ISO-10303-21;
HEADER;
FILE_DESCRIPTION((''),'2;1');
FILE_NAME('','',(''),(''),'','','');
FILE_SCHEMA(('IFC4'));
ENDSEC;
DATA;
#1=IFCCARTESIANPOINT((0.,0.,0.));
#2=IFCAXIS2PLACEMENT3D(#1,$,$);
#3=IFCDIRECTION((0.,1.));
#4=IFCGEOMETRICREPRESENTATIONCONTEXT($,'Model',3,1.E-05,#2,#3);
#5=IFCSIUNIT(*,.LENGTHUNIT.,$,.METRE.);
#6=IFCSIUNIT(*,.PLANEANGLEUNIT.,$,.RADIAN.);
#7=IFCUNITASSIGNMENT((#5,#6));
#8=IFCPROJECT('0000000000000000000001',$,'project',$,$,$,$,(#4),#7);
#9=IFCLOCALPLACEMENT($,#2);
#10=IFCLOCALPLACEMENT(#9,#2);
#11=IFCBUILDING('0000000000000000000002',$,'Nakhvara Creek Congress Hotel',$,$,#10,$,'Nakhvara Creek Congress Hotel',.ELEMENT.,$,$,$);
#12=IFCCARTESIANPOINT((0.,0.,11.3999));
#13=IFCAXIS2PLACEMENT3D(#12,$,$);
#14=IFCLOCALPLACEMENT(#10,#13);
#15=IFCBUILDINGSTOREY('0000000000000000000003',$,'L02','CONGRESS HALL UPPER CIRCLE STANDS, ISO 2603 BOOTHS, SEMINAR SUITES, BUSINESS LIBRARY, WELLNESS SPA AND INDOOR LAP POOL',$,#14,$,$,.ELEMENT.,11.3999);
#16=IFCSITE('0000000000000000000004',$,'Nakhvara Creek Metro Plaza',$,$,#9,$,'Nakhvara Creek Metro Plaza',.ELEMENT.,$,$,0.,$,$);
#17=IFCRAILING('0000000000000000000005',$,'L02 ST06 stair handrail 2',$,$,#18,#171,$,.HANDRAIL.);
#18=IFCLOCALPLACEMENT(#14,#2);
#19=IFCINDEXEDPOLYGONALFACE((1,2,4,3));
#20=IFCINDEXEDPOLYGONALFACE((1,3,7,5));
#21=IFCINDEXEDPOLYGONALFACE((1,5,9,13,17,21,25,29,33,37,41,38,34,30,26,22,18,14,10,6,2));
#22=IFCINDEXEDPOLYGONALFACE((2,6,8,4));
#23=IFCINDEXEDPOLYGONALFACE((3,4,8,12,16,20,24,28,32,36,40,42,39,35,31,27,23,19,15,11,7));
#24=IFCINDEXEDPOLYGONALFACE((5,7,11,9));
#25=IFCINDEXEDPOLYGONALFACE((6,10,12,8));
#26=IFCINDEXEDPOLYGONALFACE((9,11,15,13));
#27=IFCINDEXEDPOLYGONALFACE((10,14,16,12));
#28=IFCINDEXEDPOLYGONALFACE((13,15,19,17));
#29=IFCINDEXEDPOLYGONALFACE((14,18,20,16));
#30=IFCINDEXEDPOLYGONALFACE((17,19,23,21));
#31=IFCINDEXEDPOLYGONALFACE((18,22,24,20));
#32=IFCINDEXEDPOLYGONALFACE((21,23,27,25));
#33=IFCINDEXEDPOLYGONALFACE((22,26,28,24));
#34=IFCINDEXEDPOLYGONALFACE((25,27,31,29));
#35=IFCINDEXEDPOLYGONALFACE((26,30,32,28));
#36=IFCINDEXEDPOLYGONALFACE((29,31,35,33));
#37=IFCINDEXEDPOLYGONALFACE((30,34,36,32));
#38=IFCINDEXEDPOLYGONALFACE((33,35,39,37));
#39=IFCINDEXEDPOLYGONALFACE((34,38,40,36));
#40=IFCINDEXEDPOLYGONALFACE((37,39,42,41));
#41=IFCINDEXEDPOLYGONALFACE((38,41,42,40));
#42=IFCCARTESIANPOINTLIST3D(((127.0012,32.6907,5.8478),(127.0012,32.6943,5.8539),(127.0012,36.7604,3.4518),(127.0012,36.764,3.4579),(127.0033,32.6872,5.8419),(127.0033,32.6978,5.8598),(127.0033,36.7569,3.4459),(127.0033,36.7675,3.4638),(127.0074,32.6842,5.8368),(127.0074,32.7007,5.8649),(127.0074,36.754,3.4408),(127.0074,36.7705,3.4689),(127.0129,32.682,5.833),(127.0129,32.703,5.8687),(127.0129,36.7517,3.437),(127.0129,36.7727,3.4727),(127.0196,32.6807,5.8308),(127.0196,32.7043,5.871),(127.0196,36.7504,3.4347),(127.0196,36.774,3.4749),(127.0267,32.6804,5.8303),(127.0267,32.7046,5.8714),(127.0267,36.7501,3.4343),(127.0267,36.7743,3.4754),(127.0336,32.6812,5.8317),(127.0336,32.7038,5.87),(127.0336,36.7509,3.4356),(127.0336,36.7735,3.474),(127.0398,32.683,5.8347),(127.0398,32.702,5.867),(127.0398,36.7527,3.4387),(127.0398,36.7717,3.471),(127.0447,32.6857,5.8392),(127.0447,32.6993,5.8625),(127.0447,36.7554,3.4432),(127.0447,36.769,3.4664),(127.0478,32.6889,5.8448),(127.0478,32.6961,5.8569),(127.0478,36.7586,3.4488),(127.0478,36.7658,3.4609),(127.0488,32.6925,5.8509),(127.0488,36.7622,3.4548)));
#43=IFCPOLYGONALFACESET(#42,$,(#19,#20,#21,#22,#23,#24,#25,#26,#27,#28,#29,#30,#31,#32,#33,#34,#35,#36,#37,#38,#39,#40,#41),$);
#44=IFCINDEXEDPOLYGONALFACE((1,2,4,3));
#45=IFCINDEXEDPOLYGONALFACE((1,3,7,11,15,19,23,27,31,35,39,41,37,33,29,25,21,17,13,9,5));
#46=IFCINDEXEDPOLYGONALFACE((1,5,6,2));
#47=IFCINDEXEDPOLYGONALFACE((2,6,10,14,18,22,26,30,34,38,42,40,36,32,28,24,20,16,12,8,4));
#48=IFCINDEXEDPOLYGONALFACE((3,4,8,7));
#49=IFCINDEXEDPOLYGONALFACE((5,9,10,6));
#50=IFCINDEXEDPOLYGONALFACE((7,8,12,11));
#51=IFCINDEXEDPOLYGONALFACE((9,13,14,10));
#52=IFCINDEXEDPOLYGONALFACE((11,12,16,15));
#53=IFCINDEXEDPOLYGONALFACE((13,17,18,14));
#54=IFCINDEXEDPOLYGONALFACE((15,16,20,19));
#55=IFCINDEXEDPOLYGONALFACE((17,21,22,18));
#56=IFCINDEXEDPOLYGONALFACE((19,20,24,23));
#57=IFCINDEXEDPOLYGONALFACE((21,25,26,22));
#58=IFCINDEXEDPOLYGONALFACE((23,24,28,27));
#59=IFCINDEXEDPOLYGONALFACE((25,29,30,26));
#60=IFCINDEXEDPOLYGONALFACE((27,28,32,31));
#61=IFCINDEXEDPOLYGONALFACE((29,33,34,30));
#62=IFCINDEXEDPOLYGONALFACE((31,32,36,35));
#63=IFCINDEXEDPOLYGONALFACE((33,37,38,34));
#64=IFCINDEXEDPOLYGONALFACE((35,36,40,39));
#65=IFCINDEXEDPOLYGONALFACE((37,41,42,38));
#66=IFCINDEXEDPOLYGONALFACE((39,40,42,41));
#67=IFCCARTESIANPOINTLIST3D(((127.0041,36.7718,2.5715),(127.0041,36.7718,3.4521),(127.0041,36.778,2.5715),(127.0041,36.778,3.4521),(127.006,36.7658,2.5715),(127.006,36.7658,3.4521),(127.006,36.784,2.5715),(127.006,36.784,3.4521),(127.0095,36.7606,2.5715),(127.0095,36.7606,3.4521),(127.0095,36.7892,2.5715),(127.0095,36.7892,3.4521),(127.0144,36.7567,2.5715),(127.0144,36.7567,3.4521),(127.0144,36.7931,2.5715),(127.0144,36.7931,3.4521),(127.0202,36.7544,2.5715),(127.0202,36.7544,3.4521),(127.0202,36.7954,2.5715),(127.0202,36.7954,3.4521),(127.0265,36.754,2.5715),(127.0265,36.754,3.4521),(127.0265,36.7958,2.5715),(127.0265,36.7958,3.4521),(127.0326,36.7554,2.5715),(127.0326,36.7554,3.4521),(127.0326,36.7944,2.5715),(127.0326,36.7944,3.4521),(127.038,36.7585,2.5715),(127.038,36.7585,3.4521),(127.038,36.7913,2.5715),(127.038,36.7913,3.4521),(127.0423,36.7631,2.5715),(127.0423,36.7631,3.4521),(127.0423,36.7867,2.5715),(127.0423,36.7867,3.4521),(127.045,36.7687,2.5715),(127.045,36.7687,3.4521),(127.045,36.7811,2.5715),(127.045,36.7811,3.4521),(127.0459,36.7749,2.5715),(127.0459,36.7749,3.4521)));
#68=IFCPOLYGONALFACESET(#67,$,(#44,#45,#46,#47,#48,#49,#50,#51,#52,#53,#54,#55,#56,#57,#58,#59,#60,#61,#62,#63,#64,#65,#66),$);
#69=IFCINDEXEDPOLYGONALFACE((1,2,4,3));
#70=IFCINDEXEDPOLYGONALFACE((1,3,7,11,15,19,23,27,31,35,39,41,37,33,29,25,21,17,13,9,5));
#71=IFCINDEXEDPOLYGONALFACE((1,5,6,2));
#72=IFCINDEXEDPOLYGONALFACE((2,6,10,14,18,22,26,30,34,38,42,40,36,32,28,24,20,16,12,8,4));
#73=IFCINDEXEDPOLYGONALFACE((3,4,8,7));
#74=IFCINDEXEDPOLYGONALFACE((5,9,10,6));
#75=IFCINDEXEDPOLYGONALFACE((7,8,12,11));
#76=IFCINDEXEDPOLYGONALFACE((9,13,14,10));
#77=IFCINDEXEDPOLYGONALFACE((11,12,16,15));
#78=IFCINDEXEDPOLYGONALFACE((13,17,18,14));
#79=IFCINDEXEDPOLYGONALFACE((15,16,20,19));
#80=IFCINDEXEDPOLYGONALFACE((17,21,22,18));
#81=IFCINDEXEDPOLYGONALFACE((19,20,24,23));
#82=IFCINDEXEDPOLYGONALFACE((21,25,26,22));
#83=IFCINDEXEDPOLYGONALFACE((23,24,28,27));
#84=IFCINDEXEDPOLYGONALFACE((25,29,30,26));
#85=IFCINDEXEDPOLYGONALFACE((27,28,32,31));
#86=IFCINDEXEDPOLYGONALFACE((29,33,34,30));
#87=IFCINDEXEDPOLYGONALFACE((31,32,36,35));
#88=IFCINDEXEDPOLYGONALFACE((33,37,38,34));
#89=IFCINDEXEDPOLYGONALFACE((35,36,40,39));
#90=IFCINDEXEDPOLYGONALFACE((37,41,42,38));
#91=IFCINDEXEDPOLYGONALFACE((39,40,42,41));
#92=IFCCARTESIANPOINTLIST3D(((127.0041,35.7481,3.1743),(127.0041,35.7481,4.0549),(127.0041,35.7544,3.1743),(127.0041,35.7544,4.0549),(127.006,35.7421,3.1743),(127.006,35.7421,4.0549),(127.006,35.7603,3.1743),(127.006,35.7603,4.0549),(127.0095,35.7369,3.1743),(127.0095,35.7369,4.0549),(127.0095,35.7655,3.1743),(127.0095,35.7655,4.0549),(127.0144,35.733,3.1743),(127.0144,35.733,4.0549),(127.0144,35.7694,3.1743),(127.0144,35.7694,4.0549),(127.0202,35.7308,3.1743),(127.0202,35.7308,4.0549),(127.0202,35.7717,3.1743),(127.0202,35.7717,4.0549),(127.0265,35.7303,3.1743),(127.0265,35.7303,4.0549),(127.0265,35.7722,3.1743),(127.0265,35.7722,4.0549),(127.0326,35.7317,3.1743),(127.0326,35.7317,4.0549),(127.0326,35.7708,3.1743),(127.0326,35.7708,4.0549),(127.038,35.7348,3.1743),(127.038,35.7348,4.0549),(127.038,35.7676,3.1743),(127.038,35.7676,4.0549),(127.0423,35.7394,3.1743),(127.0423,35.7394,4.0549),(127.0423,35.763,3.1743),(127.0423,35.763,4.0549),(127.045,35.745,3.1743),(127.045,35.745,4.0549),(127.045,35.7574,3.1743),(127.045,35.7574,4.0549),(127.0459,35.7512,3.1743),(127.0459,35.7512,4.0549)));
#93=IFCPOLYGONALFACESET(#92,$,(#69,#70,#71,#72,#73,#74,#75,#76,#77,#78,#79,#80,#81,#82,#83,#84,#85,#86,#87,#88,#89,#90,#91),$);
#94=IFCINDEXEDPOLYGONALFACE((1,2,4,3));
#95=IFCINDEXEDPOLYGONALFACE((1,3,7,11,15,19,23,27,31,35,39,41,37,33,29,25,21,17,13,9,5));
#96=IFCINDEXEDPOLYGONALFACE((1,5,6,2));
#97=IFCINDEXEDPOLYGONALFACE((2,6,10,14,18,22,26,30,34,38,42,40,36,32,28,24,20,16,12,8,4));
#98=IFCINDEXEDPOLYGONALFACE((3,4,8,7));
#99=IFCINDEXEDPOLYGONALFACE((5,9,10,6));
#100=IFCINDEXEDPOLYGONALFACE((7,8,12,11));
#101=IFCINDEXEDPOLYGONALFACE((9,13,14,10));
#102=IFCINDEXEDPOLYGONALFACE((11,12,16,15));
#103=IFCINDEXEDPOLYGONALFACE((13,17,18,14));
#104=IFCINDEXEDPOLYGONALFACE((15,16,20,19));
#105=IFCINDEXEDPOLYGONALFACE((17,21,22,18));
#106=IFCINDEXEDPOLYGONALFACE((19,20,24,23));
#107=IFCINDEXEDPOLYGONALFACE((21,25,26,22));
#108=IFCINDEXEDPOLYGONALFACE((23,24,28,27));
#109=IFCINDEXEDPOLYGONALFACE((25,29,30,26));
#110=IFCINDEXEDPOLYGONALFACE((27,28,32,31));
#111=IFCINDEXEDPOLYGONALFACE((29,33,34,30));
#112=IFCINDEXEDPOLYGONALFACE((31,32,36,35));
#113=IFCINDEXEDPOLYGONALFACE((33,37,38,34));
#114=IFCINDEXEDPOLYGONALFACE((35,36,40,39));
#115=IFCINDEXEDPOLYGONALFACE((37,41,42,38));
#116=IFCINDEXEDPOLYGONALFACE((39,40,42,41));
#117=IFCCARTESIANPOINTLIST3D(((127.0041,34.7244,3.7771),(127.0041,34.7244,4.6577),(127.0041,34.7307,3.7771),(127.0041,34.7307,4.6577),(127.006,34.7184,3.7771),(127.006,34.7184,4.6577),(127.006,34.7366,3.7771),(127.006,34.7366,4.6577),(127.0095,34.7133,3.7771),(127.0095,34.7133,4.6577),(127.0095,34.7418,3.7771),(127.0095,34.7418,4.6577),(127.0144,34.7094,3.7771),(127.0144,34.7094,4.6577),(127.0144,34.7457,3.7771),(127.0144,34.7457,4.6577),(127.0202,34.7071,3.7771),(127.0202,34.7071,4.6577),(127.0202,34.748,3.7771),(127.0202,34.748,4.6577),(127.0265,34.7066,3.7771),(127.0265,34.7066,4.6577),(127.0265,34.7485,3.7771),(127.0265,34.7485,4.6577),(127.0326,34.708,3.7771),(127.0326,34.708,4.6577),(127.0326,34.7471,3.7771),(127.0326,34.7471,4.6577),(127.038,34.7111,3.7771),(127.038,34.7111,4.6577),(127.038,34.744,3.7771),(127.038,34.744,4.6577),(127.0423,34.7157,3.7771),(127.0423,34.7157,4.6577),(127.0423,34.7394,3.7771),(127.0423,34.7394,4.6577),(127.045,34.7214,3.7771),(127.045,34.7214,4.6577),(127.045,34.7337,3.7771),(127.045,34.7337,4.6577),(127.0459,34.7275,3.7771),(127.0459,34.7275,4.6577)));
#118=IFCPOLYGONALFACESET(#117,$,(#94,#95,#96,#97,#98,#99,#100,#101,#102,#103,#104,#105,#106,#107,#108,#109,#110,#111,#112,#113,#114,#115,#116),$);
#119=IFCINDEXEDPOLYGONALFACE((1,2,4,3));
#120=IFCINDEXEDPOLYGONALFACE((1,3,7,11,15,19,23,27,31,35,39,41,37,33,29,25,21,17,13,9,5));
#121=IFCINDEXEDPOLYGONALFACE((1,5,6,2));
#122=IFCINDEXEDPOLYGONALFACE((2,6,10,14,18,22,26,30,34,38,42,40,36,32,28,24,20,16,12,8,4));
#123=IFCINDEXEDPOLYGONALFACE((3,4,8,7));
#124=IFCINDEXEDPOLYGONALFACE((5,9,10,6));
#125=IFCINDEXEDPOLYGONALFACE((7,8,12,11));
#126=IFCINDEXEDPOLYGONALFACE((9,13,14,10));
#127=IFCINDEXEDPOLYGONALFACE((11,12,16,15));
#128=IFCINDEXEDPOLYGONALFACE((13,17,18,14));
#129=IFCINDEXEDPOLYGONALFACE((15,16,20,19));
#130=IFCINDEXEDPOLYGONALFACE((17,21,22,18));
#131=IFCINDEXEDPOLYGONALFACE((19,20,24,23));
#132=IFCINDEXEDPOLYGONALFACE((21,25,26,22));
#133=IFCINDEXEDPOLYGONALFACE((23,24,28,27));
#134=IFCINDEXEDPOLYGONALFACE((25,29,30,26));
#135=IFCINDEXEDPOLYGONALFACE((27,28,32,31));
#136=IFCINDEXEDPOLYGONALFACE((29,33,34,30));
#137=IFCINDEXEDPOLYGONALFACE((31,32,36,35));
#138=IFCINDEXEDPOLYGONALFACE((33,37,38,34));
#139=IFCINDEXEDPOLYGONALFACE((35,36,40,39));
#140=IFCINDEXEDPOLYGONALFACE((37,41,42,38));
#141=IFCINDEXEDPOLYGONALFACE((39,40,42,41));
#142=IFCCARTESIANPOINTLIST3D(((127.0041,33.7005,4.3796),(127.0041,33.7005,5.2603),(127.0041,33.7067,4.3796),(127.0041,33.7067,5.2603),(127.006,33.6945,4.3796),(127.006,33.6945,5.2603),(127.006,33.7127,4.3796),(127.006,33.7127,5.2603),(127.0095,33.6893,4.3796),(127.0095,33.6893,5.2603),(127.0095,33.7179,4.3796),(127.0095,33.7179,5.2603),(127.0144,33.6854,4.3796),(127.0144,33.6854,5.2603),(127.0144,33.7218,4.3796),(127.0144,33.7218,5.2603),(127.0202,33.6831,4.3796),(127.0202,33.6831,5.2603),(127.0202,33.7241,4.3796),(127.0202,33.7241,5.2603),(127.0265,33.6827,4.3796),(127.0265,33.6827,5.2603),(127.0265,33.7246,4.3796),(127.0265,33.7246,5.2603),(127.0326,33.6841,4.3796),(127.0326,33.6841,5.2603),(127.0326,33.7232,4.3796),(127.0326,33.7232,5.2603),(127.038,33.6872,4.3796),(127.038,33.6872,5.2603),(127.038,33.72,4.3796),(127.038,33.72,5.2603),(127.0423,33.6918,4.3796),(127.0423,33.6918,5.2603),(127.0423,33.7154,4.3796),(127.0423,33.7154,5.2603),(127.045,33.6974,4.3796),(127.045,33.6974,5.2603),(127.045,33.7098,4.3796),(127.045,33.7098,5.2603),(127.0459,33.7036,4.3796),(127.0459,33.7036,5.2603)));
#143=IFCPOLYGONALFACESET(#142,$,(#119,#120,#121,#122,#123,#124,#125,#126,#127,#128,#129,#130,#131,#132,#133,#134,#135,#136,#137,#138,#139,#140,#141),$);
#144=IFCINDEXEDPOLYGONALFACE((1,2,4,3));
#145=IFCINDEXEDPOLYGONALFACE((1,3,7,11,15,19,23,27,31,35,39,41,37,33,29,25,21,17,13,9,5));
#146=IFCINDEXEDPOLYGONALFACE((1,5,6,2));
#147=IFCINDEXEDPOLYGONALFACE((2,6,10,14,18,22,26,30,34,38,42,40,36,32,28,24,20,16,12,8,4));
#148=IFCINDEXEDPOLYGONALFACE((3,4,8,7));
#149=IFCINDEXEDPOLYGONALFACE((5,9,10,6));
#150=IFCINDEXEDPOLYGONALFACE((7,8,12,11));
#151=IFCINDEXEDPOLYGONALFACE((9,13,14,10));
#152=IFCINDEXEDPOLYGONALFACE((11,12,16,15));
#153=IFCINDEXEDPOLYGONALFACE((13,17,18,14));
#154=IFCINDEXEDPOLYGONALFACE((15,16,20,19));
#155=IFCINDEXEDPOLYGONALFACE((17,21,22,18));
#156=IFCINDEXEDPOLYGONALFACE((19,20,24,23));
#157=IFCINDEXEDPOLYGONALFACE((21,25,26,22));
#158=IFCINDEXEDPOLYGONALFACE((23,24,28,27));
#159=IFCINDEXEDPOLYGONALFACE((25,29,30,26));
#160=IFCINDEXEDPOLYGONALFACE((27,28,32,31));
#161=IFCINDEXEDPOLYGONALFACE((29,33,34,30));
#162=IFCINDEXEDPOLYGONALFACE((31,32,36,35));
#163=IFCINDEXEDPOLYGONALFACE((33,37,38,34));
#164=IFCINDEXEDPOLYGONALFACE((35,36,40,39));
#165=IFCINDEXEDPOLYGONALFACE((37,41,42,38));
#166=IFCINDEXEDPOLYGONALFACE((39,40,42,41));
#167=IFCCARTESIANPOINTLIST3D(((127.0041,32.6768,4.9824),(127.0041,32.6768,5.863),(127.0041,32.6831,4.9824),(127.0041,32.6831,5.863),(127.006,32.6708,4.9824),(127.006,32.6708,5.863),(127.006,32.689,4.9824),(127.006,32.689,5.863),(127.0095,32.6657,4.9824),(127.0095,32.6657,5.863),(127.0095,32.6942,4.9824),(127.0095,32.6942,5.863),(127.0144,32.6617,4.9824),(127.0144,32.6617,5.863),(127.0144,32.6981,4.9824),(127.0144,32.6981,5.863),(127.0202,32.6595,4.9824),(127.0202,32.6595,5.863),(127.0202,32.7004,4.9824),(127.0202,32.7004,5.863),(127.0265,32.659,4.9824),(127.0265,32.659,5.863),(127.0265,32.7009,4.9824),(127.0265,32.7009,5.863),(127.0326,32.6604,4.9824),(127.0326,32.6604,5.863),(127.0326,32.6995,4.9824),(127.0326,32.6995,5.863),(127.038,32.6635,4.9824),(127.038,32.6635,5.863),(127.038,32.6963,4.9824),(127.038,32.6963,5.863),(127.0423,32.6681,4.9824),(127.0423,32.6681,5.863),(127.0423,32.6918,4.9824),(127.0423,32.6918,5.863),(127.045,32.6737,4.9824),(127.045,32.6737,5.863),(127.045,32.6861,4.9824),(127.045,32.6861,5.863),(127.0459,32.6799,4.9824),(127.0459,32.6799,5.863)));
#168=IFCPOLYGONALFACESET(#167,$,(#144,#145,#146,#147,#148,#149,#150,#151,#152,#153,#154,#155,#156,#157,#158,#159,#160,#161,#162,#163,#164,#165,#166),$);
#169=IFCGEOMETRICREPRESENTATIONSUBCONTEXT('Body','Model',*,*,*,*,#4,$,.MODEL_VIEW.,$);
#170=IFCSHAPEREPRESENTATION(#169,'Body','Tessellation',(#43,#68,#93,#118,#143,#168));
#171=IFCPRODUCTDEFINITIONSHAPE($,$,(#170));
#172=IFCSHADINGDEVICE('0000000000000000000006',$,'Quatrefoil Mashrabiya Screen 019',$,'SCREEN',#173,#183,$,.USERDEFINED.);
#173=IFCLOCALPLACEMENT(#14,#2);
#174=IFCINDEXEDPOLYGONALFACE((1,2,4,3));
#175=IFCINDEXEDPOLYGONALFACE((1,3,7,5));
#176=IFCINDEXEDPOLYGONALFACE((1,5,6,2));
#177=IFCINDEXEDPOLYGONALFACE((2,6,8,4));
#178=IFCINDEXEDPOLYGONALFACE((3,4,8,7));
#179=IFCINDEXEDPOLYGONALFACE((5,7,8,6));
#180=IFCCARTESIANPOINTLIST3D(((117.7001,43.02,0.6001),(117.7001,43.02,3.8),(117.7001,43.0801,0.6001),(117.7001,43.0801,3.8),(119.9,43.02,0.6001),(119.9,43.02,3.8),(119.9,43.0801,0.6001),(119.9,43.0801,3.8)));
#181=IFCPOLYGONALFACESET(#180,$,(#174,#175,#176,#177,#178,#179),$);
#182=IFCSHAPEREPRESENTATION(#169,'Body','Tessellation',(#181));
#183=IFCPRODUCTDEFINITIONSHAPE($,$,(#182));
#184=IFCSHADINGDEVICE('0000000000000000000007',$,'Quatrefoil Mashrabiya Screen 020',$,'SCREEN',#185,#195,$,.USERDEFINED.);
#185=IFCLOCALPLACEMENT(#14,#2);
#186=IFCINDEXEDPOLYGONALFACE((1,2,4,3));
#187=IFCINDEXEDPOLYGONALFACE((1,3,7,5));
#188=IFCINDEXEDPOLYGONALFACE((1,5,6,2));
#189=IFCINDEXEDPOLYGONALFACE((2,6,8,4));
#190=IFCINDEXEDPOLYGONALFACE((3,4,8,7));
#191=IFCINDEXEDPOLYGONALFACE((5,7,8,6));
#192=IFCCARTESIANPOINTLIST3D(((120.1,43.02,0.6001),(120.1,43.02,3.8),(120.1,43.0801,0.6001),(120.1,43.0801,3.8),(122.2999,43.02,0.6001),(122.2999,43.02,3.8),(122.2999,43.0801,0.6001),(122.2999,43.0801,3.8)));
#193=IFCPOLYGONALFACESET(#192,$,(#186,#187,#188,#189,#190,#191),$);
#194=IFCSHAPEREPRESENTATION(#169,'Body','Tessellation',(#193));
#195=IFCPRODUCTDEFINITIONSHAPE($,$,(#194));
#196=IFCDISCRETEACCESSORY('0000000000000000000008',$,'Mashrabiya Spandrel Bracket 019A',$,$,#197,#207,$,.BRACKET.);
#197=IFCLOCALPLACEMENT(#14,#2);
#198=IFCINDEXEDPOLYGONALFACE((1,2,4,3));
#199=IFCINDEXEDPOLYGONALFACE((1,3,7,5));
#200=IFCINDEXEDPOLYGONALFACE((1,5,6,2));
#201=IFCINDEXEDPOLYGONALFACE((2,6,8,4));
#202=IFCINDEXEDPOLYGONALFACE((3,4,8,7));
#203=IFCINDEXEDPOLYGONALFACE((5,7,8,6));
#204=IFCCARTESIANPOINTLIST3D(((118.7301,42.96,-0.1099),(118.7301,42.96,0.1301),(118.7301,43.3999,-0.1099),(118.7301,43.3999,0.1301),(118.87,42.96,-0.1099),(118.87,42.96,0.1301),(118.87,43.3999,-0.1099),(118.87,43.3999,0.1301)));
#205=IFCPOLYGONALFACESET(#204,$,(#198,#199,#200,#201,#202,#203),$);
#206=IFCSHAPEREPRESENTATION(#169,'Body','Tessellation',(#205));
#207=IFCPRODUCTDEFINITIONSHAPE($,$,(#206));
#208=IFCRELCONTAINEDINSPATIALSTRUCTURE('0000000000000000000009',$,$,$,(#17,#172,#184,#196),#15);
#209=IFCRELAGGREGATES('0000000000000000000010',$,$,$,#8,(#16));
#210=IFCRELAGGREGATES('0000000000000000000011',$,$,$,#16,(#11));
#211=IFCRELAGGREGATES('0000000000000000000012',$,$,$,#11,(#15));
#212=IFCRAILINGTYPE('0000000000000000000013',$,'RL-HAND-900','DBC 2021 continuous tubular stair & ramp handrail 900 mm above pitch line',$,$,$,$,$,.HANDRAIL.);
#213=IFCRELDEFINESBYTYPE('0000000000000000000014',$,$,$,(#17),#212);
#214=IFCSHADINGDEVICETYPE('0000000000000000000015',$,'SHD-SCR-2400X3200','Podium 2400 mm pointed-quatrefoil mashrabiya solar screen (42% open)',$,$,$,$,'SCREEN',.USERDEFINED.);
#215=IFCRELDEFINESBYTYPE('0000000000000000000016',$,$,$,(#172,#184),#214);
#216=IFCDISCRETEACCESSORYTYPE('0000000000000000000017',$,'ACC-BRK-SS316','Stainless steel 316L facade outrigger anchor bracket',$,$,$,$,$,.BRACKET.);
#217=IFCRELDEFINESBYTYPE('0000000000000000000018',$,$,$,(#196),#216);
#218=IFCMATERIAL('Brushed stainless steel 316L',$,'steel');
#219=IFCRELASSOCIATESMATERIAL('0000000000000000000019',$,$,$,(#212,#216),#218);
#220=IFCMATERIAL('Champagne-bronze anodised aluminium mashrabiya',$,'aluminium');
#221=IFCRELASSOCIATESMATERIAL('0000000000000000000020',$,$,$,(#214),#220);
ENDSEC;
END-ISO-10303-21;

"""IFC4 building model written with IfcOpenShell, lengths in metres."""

from ifc_helpers import new_model, si_unit, direction, frame, origin, origin_2d, place, context, subcontext, project, spatial, rectangle, circle, extrude, material, type_object, element, save


model = new_model("IFC4")

# Units and contexts
model_context = context("Model", 3, precision=1e-05, world=origin(), true_north=direction((0.0, 1.0)))
body_context = subcontext(model_context, "Body", "Model", "MODEL_VIEW")
ifc_project = project(units=[si_unit("LENGTHUNIT", "METRE"), si_unit("PLANEANGLEUNIT", "RADIAN")], contexts=[model_context])

# Site, building, storey
site_placement = place(None, origin())
site = spatial("IfcSite", under=ifc_project, at=site_placement, Name="Nakhvara Creek Metro Plaza", LongName="Nakhvara Creek Metro Plaza", CompositionType="ELEMENT", RefElevation=0.0)
building_placement = place(site_placement, origin())
building = spatial("IfcBuilding", under=site, at=building_placement, Name="Nakhvara Creek Congress Hotel", LongName="Nakhvara Creek Congress Hotel", CompositionType="ELEMENT")
storey_placement = place(building_placement, frame((0.0, 0.0, 11.3999)))
storey = spatial("IfcBuildingStorey", under=building, at=storey_placement, Name="L02", Description="CONGRESS HALL UPPER CIRCLE STANDS, ISO 2603 BOOTHS, SEMINAR SUITES, BUSINESS LIBRARY, WELLNESS SPA AND INDOOR LAP POOL", CompositionType="ELEMENT", Elevation=11.3999)

# Railing
ifc_material_1 = material(Name="Brushed stainless steel 316L", Category="steel")
railing_type_1 = type_object("IfcRailingType", Name="RL-HAND-900", Description="DBC 2021 continuous tubular stair & ramp handrail 900 mm above pitch line", PredefinedType="HANDRAIL", material=ifc_material_1)
railing_1_placement = place(storey_placement, frame((127.0249, 36.7749, 2.5715)))
element("IfcRailing", 1, at=railing_1_placement, inside=storey, type_object=railing_type_1, Name="L02 ST06 stair handrail 2", PredefinedType="HANDRAIL", context=body_context, shape_type="SweptSolid", body=[
    extrude(circle(Radius=0.0239, at=origin_2d()), frame((0.0, -0.0127, 0.8833), z_axis=(0.0, -0.861743, 0.507346), x_axis=(1.0, 0.0, 0.0)), (0.0, 0.0, 1.0), 4.7227),
    extrude(circle(Radius=0.021, at=origin_2d()), origin(), (0.0, 0.0, 1.0), 0.8806),
    extrude(circle(Radius=0.021, at=origin_2d()), frame((0.0, -1.0237, 0.6028)), (0.0, 0.0, 1.0), 0.8806),
    extrude(circle(Radius=0.021, at=origin_2d()), frame((0.0, -2.0474, 1.2056)), (0.0, 0.0, 1.0), 0.8806),
    extrude(circle(Radius=0.021, at=origin_2d()), frame((0.0, -3.0713, 1.8081)), (0.0, 0.0, 1.0), 0.8806),
    extrude(circle(Radius=0.021, at=origin_2d()), frame((0.0, -4.095, 2.4109)), (0.0, 0.0, 1.0), 0.8806),
])

# Shading devices
ifc_material_2 = material(Name="Champagne-bronze anodised aluminium mashrabiya", Category="aluminium")
shading_device_type = type_object("IfcShadingDeviceType", Name="SHD-SCR-2400X3200", Description="Podium 2400 mm pointed-quatrefoil mashrabiya solar screen (42% open)", ElementType="SCREEN", PredefinedType="USERDEFINED", material=ifc_material_2)
for number, where, z_axis, x_axis, name in (
    (2, (118.8, 43.05, 0.6001), (0.0, 0.0, 1.0), (1.0, 0.0, 0.0), "Quatrefoil Mashrabiya Screen 019"),
    (3, (121.2, 43.05, 0.6001), (0.0, 0.0, 1.0), (1.0, 0.0, 0.0), "Quatrefoil Mashrabiya Screen 020"),
):
    element("IfcShadingDevice", number, at=place(storey_placement, frame(where, z_axis=z_axis, x_axis=x_axis)), inside=storey, type_object=shading_device_type, Name=name, ObjectType="SCREEN", PredefinedType="USERDEFINED", context=body_context, shape_type="SweptSolid", body=[
        extrude(rectangle(XDim=2.2, YDim=0.0601, at=origin_2d()), origin(), (0.0, 0.0, 1.0), 3.2),
    ])

# Discrete accessory
discrete_accessory_type = type_object("IfcDiscreteAccessoryType", Name="ACC-BRK-SS316", Description="Stainless steel 316L facade outrigger anchor bracket", PredefinedType="BRACKET", material=ifc_material_1)
discrete_accessory_1_placement = place(storey_placement, frame((118.8, 43.1799, -0.1099), z_axis=(0.0, 0.0, 1.0), x_axis=(1.0, 0.0, 0.0)))
element("IfcDiscreteAccessory", 4, at=discrete_accessory_1_placement, inside=storey, type_object=discrete_accessory_type, Name="Mashrabiya Spandrel Bracket 019A", PredefinedType="BRACKET", context=body_context, shape_type="SweptSolid", body=[
    extrude(rectangle(XDim=0.1399, YDim=0.4399, at=origin_2d()), origin(), (0.0, 0.0, 1.0), 0.24),
])

save(model, "model.ifc")
